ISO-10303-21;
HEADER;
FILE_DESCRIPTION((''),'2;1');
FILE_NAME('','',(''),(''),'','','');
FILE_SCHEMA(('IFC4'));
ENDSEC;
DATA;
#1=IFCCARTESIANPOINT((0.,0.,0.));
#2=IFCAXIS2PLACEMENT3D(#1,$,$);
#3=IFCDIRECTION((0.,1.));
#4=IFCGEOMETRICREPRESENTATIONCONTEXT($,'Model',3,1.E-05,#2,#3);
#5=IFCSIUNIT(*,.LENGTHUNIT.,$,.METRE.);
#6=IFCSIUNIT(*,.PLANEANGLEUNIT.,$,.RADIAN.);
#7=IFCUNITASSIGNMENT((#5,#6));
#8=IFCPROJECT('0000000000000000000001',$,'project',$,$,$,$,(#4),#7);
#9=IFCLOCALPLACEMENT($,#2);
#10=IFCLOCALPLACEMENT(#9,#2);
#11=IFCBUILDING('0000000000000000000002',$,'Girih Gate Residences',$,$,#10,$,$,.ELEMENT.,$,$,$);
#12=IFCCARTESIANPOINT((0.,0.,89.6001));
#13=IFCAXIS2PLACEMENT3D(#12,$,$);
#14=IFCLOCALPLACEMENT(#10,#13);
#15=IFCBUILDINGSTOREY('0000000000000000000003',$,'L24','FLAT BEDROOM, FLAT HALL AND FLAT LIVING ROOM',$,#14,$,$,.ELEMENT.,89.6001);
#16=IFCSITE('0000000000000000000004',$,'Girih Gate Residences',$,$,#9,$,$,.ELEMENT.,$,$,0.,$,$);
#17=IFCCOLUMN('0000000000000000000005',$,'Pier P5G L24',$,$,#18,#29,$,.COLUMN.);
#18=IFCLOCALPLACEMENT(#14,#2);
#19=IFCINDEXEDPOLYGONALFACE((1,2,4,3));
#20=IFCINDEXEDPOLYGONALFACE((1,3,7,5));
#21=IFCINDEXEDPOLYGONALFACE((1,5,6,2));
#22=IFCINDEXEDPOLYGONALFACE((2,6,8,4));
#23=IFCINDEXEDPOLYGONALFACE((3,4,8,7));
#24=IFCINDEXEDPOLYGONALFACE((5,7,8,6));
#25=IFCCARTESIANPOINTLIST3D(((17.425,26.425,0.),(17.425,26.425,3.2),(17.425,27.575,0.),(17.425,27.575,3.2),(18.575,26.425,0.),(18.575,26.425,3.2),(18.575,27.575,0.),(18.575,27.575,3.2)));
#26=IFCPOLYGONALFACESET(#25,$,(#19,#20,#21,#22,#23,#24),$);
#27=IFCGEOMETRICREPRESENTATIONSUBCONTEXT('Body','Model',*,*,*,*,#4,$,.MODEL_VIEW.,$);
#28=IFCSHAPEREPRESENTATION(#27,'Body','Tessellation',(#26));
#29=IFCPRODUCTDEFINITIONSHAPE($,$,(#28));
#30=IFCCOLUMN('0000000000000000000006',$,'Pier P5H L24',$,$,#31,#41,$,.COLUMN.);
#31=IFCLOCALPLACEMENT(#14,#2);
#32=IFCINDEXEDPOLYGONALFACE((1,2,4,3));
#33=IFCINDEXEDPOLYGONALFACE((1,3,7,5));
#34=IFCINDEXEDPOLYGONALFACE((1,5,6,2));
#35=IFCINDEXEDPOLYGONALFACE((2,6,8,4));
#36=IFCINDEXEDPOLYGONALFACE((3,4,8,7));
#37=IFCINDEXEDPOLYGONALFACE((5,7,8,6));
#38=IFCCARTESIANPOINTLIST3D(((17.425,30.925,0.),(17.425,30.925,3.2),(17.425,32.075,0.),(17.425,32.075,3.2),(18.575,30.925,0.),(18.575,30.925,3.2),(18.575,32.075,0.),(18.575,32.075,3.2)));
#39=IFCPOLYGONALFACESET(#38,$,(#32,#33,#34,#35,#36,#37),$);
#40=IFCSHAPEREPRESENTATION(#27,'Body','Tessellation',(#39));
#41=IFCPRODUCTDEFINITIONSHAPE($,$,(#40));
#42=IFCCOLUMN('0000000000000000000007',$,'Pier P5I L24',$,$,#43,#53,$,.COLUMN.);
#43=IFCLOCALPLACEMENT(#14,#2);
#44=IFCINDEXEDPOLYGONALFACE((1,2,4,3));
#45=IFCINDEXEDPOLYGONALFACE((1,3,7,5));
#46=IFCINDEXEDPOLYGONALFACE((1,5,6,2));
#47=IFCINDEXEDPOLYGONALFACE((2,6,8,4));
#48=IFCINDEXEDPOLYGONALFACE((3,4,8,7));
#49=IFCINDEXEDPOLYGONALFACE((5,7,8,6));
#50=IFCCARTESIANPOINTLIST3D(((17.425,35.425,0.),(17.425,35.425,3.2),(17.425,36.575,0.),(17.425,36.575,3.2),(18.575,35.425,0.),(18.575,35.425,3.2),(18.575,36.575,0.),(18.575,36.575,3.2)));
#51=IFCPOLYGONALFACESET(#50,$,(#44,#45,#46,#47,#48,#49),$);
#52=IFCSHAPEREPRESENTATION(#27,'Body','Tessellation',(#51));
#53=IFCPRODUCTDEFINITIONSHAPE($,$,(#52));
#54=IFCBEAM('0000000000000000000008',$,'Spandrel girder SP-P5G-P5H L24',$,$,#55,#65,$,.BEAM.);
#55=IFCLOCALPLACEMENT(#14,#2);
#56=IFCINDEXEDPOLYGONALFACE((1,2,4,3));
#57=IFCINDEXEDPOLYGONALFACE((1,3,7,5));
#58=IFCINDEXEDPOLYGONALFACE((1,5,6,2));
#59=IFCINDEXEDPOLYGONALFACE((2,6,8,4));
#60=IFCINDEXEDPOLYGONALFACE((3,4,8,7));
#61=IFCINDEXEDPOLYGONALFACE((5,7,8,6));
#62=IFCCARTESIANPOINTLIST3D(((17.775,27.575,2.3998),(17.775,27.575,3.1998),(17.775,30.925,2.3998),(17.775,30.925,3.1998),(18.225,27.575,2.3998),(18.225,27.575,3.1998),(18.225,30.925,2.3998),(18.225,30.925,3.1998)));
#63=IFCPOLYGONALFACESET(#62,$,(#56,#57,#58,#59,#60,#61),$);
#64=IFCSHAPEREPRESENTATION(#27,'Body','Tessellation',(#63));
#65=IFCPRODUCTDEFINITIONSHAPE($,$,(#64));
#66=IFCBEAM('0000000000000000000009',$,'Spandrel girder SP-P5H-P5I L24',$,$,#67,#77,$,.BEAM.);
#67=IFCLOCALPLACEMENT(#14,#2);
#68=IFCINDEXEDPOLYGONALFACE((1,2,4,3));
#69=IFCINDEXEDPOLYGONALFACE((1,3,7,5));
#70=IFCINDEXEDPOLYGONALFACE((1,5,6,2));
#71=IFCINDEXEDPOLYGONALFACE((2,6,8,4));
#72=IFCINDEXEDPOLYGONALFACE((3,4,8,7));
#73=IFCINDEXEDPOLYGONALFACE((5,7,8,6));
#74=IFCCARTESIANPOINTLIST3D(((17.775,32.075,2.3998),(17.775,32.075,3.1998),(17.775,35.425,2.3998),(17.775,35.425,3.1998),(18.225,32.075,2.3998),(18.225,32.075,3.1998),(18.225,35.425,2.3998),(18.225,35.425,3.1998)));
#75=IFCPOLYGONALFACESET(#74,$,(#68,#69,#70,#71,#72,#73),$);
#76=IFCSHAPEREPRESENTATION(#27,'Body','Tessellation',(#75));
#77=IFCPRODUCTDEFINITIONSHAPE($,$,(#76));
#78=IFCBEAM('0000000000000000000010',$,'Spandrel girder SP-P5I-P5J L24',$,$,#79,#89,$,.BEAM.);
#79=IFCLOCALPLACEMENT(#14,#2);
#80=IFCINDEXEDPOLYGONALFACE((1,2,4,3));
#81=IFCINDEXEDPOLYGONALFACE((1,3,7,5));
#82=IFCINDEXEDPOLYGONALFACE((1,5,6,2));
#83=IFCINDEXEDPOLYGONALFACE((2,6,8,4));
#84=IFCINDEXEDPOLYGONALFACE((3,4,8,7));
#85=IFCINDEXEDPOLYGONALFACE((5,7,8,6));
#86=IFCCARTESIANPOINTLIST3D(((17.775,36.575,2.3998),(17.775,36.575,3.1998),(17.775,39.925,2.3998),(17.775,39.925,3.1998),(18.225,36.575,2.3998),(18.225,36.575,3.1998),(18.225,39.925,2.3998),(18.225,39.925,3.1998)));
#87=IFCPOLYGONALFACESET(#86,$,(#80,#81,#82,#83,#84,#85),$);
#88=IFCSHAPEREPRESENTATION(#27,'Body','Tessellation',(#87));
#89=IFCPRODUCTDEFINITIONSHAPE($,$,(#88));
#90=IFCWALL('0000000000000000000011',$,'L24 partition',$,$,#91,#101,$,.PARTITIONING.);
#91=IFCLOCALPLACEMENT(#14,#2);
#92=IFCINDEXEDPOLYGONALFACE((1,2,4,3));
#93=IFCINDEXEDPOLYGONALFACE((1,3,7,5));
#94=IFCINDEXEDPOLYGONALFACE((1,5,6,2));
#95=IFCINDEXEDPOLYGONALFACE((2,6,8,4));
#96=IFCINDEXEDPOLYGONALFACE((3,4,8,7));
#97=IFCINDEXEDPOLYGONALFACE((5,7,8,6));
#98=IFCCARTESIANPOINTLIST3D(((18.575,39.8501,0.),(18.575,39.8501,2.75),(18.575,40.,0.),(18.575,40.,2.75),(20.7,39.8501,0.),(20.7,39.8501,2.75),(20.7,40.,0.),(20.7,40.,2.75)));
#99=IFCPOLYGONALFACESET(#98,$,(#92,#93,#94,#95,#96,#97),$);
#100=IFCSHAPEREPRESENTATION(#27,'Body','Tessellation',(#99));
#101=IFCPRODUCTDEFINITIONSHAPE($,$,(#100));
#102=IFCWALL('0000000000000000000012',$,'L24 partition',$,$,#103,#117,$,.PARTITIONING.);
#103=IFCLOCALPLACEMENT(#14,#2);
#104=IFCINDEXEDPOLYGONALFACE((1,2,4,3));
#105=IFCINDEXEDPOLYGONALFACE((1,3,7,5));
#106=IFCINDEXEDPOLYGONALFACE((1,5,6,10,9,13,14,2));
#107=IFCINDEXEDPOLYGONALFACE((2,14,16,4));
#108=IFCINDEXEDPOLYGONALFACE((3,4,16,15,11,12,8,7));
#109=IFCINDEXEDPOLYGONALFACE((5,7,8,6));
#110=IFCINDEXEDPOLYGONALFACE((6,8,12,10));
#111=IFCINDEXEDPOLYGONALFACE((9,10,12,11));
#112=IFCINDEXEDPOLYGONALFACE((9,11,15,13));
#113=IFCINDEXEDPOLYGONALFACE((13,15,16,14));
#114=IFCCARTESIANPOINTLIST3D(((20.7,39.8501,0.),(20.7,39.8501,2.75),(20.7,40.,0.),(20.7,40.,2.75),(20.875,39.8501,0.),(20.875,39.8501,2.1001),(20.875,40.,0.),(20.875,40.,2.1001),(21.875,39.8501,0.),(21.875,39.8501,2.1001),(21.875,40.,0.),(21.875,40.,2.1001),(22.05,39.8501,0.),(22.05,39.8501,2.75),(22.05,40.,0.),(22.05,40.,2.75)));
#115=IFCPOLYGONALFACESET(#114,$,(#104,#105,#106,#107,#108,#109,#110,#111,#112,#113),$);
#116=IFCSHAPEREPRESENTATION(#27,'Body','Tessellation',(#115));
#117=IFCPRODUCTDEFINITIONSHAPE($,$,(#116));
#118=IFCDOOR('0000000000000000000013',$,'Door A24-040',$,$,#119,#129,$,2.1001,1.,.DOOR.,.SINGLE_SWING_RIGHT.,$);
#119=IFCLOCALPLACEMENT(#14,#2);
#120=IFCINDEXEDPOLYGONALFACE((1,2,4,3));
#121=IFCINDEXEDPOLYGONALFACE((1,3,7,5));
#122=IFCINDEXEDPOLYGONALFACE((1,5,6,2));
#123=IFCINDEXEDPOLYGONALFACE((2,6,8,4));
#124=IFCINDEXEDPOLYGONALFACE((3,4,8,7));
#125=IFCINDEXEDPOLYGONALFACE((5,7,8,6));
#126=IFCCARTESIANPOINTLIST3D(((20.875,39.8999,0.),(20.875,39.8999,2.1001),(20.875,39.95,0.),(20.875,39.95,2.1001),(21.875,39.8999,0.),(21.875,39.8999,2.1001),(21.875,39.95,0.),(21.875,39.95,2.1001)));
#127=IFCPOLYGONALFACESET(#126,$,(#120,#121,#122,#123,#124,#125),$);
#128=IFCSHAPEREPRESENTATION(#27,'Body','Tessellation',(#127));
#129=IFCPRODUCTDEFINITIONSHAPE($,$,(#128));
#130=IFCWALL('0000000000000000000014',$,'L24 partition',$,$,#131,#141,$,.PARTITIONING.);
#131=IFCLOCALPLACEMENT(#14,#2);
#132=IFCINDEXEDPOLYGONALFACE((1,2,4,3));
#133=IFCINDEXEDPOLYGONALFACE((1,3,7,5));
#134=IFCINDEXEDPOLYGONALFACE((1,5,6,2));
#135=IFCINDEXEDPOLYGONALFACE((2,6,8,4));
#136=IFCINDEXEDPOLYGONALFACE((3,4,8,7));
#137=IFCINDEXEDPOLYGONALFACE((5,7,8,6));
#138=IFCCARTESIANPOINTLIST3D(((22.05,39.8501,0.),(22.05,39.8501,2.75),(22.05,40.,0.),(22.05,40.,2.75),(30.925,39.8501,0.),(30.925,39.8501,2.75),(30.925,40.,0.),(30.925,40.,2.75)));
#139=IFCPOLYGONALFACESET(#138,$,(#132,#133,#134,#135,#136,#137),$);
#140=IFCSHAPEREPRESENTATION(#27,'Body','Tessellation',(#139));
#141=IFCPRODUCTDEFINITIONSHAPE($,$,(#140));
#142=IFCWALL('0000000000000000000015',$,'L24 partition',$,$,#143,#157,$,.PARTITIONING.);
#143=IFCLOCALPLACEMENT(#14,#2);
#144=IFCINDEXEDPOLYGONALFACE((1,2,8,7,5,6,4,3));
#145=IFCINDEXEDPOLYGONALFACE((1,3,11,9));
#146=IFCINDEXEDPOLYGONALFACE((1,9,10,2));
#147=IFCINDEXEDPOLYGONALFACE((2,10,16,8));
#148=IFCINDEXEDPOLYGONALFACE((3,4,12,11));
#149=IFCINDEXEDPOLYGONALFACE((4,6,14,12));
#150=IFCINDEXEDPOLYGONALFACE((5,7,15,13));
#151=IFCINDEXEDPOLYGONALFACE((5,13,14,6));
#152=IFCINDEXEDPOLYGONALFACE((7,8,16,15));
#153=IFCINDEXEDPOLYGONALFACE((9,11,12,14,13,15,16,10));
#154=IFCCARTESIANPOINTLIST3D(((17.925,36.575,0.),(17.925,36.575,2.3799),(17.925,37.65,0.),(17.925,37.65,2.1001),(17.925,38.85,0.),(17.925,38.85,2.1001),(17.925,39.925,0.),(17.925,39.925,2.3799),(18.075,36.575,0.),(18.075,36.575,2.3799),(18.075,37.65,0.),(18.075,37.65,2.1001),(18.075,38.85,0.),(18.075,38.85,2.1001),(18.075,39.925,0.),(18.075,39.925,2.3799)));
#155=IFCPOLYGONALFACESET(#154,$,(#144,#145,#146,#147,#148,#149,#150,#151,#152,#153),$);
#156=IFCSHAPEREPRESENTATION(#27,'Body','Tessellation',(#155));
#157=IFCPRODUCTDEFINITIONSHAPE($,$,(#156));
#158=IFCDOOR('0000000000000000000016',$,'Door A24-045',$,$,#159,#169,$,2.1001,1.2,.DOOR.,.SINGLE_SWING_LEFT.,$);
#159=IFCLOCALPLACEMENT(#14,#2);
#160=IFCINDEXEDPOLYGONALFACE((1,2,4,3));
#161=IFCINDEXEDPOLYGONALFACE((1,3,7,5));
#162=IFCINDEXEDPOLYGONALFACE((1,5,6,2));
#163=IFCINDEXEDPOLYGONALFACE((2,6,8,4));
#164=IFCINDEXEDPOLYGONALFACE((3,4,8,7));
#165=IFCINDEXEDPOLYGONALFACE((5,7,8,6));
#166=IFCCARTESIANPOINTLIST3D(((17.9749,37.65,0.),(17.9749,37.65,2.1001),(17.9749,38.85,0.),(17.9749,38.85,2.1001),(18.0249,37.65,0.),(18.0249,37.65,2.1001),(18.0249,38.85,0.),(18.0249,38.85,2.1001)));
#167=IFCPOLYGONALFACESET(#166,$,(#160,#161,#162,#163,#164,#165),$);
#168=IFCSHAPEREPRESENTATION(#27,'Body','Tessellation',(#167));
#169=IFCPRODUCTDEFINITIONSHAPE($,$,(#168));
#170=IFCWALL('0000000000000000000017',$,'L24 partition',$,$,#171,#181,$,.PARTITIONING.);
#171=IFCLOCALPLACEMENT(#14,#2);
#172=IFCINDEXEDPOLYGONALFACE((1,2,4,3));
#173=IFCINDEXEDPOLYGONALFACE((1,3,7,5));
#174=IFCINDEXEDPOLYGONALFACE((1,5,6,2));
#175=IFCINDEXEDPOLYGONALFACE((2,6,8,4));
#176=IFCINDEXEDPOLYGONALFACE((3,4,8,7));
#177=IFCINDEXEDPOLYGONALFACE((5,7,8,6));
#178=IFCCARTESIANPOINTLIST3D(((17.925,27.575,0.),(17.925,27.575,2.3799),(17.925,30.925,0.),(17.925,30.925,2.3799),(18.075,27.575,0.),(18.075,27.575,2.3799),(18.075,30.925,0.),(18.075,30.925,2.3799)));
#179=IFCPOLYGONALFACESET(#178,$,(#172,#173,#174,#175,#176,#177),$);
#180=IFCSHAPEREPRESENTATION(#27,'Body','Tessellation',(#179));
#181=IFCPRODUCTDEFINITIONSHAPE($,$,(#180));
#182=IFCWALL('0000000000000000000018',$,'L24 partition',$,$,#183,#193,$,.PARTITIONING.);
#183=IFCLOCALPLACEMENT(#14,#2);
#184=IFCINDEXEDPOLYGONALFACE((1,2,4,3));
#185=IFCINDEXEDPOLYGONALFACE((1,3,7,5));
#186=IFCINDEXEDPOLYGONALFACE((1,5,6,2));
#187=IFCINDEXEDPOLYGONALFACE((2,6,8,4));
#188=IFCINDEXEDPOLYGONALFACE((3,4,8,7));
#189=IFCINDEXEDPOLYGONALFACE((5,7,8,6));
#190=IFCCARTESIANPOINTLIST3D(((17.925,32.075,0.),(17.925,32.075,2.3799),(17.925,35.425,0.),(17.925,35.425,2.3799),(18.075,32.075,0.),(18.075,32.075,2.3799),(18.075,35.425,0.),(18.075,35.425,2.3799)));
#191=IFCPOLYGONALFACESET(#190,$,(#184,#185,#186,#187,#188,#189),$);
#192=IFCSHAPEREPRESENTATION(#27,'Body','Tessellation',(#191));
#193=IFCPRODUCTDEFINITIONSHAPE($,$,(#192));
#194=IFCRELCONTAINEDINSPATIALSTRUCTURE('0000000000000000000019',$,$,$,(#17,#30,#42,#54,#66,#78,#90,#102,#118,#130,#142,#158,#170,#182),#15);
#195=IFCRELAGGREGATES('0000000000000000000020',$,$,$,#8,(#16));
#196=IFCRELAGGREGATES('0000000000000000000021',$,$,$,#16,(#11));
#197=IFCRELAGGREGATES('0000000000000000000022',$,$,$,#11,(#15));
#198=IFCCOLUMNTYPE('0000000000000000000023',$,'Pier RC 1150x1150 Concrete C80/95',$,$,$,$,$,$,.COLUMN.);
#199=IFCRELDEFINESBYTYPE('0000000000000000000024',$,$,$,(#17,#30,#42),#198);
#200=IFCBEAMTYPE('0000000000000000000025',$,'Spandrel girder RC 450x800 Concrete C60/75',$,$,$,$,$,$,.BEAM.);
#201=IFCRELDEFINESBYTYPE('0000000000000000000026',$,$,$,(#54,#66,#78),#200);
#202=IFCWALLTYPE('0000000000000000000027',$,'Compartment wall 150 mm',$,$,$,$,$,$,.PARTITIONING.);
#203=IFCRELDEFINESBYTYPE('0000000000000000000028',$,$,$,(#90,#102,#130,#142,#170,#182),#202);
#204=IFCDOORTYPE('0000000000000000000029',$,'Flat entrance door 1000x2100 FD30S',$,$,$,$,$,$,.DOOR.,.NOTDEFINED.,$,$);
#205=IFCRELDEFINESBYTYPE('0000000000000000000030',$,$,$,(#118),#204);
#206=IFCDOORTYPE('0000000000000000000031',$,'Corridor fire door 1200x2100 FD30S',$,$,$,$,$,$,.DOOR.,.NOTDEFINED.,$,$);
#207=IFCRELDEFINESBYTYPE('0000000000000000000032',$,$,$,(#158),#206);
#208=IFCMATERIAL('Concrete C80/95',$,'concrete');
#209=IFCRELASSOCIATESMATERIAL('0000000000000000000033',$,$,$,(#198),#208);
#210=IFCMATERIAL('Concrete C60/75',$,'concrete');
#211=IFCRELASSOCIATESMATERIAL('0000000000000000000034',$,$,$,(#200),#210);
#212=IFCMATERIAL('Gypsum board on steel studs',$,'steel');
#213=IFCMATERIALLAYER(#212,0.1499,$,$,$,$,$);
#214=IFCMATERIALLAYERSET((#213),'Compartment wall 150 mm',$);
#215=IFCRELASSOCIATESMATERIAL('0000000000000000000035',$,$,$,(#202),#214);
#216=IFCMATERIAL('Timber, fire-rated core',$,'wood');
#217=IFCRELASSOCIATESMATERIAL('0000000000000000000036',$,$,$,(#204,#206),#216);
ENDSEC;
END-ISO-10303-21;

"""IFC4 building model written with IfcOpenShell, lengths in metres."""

from ifc_helpers import new_model, si_unit, direction, frame, frame_2d, origin, origin_2d, place, context, subcontext, project, spatial, rectangle, extrude, material, layer, layer_set, material_profile, profile_set, type_object, element, fill, save


model = new_model("IFC4")

# Units and contexts
model_context = context("Model", 3, precision=1e-05, world=origin(), true_north=direction((0.0, 1.0)))
body_context = subcontext(model_context, "Body", "Model", "MODEL_VIEW")
ifc_project = project(units=[si_unit("LENGTHUNIT", "METRE"), si_unit("PLANEANGLEUNIT", "RADIAN")], contexts=[model_context])

# Site, building, storey
site_placement = place(None, origin())
site = spatial("IfcSite", under=ifc_project, at=site_placement, Name="Girih Gate Residences", CompositionType="ELEMENT", RefElevation=0.0)
building_placement = place(site_placement, origin())
building = spatial("IfcBuilding", under=site, at=building_placement, Name="Girih Gate Residences", CompositionType="ELEMENT")
storey_placement = place(building_placement, frame((0.0, 0.0, 89.6001)))
storey = spatial("IfcBuildingStorey", under=building, at=storey_placement, Name="L24", Description="FLAT BEDROOM, FLAT HALL AND FLAT LIVING ROOM", CompositionType="ELEMENT", Elevation=89.6001)

# Columns
ifc_material_1 = material(Name="Concrete C80/95", Category="concrete")
ifc_material_profile_1 = material_profile(ifc_material_1, rectangle(XDim=1.1499, YDim=1.1499, at=origin_2d()))
ifc_profile_set_1 = profile_set([ifc_material_profile_1], Name="Concrete C80/95")
column_type = type_object("IfcColumnType", Name="Pier RC 1150x1150 Concrete C80/95", PredefinedType="COLUMN", material=ifc_profile_set_1)
for number, where, z_axis, x_axis, name in (
    (1, (18.0, 27.0, 0.0), (0.0, 0.0, 1.0), (1.0, 0.0, 0.0), "Pier P5G L24"),
    (2, (18.0, 31.5, 0.0), (0.0, 0.0, 1.0), (1.0, 0.0, 0.0), "Pier P5H L24"),
    (3, (18.0, 36.0, 0.0), (0.0, 0.0, 1.0), (1.0, 0.0, 0.0), "Pier P5I L24"),
):
    element("IfcColumn", number, at=place(storey_placement, frame(where, z_axis=z_axis, x_axis=x_axis)), inside=storey, type_object=column_type, Name=name, PredefinedType="COLUMN", context=body_context, shape_type="SweptSolid", body=[
        extrude(rectangle(XDim=1.1499, YDim=1.1499, at=origin_2d()), origin(), (0.0, 0.0, 1.0), 3.2),
    ])

# Beams
ifc_material_2 = material(Name="Concrete C60/75", Category="concrete")
ifc_material_profile_2 = material_profile(ifc_material_2, rectangle(XDim=0.45, YDim=0.8, at=origin_2d()))
ifc_profile_set_2 = profile_set([ifc_material_profile_2], Name="Concrete C60/75")
beam_type = type_object("IfcBeamType", Name="Spandrel girder RC 450x800 Concrete C60/75", PredefinedType="BEAM", material=ifc_profile_set_2)
for number, where, z_axis, x_axis, name in (
    (4, (18.0, 27.575, 2.7998), (0.0, 1.0, 0.0), (-1.0, 0.0, 0.0), "Spandrel girder SP-P5G-P5H L24"),
    (5, (18.0, 32.075, 2.7998), (0.0, 1.0, 0.0), (-1.0, 0.0, 0.0), "Spandrel girder SP-P5H-P5I L24"),
    (6, (18.0, 36.575, 2.7998), (0.0, 1.0, 0.0), (-1.0, 0.0, 0.0), "Spandrel girder SP-P5I-P5J L24"),
):
    element("IfcBeam", number, at=place(storey_placement, frame(where, z_axis=z_axis, x_axis=x_axis)), inside=storey, type_object=beam_type, Name=name, PredefinedType="BEAM", context=body_context, shape_type="SweptSolid", body=[
        extrude(rectangle(XDim=0.45, YDim=0.8, at=origin_2d()), origin(), (0.0, 0.0, 1.0), 3.3501),
    ])

# Wall
ifc_material_3 = material(Name="Gypsum board on steel studs", Category="steel")
ifc_layer_1 = layer(ifc_material_3, 0.1499)
ifc_layer_set_1 = layer_set([ifc_layer_1], Name="Compartment wall 150 mm")
wall_type_1 = type_object("IfcWallType", Name="Compartment wall 150 mm", PredefinedType="PARTITIONING", material=ifc_layer_set_1)
wall_1_placement = place(storey_placement, frame((18.575, 39.925, 0.0), z_axis=(0.0, 0.0, 1.0), x_axis=(1.0, 0.0, 0.0)))
element("IfcWall", 7, at=wall_1_placement, inside=storey, type_object=wall_type_1, Name="L24 partition", PredefinedType="PARTITIONING", context=body_context, shape_type="SweptSolid", body=[
    extrude(rectangle(XDim=2.125, YDim=0.1499, at=frame_2d((1.0625, 0.0))), origin(), (0.0, 0.0, 1.0), 2.75),
])

# Wall, opening, door
wall_2_placement = place(storey_placement, frame((20.7, 39.925, 0.0), z_axis=(0.0, 0.0, 1.0), x_axis=(1.0, 0.0, 0.0)))
wall_2 = element("IfcWall", 8, at=wall_2_placement, inside=storey, type_object=wall_type_1, Name="L24 partition", PredefinedType="PARTITIONING", context=body_context, shape_type="SweptSolid", body=[
    extrude(rectangle(XDim=1.3501, YDim=0.1499, at=frame_2d((0.675, 0.0))), origin(), (0.0, 0.0, 1.0), 2.75),
])
opening_1_placement = place(wall_2_placement, frame((0.175, 0.0, 0.0)))
opening_1 = element("IfcOpeningElement", 9, at=opening_1_placement, cuts=wall_2, PredefinedType="OPENING", context=body_context, shape_type="SweptSolid", body=[
    extrude(rectangle(XDim=1.0, YDim=2.1001, at=frame_2d((0.5, 1.05))), frame((0.0, 0.085, 0.0), z_axis=(0.0, -1.0, 0.0), x_axis=(1.0, 0.0, 0.0)), (0.0, 0.0, 1.0), 0.1699),
])
ifc_material_4 = material(Name="Timber, fire-rated core", Category="wood")
door_type_1 = type_object("IfcDoorType", Name="Flat entrance door 1000x2100 FD30S", OperationType="NOTDEFINED", PredefinedType="DOOR", material=ifc_material_4)
door_1_placement = place(opening_1_placement, origin())
door_1 = element("IfcDoor", 10, at=door_1_placement, inside=storey, type_object=door_type_1, Name="Door A24-040", OperationType="SINGLE_SWING_RIGHT", OverallHeight=2.1001, OverallWidth=1.0, PredefinedType="DOOR", context=body_context, shape_type="SweptSolid", body=[
    extrude(rectangle(XDim=1.0, YDim=2.1001, at=frame_2d((0.5, 1.05))), frame((0.0, 0.0249, 0.0), z_axis=(0.0, -1.0, 0.0), x_axis=(1.0, 0.0, 0.0)), (0.0, 0.0, 1.0), 0.05),
])
fill(opening_1, door_1)

# Wall
wall_3_placement = place(storey_placement, frame((22.05, 39.925, 0.0), z_axis=(0.0, 0.0, 1.0), x_axis=(1.0, 0.0, 0.0)))
element("IfcWall", 11, at=wall_3_placement, inside=storey, type_object=wall_type_1, Name="L24 partition", PredefinedType="PARTITIONING", context=body_context, shape_type="SweptSolid", body=[
    extrude(rectangle(XDim=8.875, YDim=0.1499, at=frame_2d((4.4375, 0.0))), origin(), (0.0, 0.0, 1.0), 2.75),
])

# Wall, opening, door
wall_4_placement = place(storey_placement, frame((18.0, 39.925, 0.0), z_axis=(0.0, 0.0, 1.0), x_axis=(0.0, -1.0, 0.0)))
wall_4 = element("IfcWall", 12, at=wall_4_placement, inside=storey, type_object=wall_type_1, Name="L24 partition", PredefinedType="PARTITIONING", context=body_context, shape_type="SweptSolid", body=[
    extrude(rectangle(XDim=3.3501, YDim=0.1499, at=frame_2d((1.675, 0.0))), origin(), (0.0, 0.0, 1.0), 2.3799),
])
opening_2_placement = place(wall_4_placement, frame((1.075, 0.0, 0.0)))
opening_2 = element("IfcOpeningElement", 13, at=opening_2_placement, cuts=wall_4, PredefinedType="OPENING", context=body_context, shape_type="SweptSolid", body=[
    extrude(rectangle(XDim=1.2, YDim=2.1001, at=frame_2d((0.6001, 1.05))), frame((0.0, 0.085, 0.0), z_axis=(0.0, -1.0, 0.0), x_axis=(1.0, 0.0, 0.0)), (0.0, 0.0, 1.0), 0.1699),
])
door_type_2 = type_object("IfcDoorType", Name="Corridor fire door 1200x2100 FD30S", OperationType="NOTDEFINED", PredefinedType="DOOR", material=ifc_material_4)
door_2_placement = place(opening_2_placement, origin())
door_2 = element("IfcDoor", 14, at=door_2_placement, inside=storey, type_object=door_type_2, Name="Door A24-045", OperationType="SINGLE_SWING_LEFT", OverallHeight=2.1001, OverallWidth=1.2, PredefinedType="DOOR", context=body_context, shape_type="SweptSolid", body=[
    extrude(rectangle(XDim=1.2, YDim=2.1001, at=frame_2d((0.6001, 1.05))), frame((0.0, 0.0249, 0.0), z_axis=(0.0, -1.0, 0.0), x_axis=(1.0, 0.0, 0.0)), (0.0, 0.0, 1.0), 0.05),
])
fill(opening_2, door_2)

# Walls
for number, where, z_axis, x_axis, name in (
    (15, (18.0, 27.575, 0.0), (0.0, 0.0, 1.0), (0.0, 1.0, 0.0), "L24 partition"),
    (16, (18.0, 32.075, 0.0), (0.0, 0.0, 1.0), (0.0, 1.0, 0.0), "L24 partition"),
):
    element("IfcWall", number, at=place(storey_placement, frame(where, z_axis=z_axis, x_axis=x_axis)), inside=storey, type_object=wall_type_1, Name=name, PredefinedType="PARTITIONING", context=body_context, shape_type="SweptSolid", body=[
        extrude(rectangle(XDim=3.3501, YDim=0.1499, at=frame_2d((1.675, 0.0))), origin(), (0.0, 0.0, 1.0), 2.3799),
    ])

save(model, "model.ifc")
